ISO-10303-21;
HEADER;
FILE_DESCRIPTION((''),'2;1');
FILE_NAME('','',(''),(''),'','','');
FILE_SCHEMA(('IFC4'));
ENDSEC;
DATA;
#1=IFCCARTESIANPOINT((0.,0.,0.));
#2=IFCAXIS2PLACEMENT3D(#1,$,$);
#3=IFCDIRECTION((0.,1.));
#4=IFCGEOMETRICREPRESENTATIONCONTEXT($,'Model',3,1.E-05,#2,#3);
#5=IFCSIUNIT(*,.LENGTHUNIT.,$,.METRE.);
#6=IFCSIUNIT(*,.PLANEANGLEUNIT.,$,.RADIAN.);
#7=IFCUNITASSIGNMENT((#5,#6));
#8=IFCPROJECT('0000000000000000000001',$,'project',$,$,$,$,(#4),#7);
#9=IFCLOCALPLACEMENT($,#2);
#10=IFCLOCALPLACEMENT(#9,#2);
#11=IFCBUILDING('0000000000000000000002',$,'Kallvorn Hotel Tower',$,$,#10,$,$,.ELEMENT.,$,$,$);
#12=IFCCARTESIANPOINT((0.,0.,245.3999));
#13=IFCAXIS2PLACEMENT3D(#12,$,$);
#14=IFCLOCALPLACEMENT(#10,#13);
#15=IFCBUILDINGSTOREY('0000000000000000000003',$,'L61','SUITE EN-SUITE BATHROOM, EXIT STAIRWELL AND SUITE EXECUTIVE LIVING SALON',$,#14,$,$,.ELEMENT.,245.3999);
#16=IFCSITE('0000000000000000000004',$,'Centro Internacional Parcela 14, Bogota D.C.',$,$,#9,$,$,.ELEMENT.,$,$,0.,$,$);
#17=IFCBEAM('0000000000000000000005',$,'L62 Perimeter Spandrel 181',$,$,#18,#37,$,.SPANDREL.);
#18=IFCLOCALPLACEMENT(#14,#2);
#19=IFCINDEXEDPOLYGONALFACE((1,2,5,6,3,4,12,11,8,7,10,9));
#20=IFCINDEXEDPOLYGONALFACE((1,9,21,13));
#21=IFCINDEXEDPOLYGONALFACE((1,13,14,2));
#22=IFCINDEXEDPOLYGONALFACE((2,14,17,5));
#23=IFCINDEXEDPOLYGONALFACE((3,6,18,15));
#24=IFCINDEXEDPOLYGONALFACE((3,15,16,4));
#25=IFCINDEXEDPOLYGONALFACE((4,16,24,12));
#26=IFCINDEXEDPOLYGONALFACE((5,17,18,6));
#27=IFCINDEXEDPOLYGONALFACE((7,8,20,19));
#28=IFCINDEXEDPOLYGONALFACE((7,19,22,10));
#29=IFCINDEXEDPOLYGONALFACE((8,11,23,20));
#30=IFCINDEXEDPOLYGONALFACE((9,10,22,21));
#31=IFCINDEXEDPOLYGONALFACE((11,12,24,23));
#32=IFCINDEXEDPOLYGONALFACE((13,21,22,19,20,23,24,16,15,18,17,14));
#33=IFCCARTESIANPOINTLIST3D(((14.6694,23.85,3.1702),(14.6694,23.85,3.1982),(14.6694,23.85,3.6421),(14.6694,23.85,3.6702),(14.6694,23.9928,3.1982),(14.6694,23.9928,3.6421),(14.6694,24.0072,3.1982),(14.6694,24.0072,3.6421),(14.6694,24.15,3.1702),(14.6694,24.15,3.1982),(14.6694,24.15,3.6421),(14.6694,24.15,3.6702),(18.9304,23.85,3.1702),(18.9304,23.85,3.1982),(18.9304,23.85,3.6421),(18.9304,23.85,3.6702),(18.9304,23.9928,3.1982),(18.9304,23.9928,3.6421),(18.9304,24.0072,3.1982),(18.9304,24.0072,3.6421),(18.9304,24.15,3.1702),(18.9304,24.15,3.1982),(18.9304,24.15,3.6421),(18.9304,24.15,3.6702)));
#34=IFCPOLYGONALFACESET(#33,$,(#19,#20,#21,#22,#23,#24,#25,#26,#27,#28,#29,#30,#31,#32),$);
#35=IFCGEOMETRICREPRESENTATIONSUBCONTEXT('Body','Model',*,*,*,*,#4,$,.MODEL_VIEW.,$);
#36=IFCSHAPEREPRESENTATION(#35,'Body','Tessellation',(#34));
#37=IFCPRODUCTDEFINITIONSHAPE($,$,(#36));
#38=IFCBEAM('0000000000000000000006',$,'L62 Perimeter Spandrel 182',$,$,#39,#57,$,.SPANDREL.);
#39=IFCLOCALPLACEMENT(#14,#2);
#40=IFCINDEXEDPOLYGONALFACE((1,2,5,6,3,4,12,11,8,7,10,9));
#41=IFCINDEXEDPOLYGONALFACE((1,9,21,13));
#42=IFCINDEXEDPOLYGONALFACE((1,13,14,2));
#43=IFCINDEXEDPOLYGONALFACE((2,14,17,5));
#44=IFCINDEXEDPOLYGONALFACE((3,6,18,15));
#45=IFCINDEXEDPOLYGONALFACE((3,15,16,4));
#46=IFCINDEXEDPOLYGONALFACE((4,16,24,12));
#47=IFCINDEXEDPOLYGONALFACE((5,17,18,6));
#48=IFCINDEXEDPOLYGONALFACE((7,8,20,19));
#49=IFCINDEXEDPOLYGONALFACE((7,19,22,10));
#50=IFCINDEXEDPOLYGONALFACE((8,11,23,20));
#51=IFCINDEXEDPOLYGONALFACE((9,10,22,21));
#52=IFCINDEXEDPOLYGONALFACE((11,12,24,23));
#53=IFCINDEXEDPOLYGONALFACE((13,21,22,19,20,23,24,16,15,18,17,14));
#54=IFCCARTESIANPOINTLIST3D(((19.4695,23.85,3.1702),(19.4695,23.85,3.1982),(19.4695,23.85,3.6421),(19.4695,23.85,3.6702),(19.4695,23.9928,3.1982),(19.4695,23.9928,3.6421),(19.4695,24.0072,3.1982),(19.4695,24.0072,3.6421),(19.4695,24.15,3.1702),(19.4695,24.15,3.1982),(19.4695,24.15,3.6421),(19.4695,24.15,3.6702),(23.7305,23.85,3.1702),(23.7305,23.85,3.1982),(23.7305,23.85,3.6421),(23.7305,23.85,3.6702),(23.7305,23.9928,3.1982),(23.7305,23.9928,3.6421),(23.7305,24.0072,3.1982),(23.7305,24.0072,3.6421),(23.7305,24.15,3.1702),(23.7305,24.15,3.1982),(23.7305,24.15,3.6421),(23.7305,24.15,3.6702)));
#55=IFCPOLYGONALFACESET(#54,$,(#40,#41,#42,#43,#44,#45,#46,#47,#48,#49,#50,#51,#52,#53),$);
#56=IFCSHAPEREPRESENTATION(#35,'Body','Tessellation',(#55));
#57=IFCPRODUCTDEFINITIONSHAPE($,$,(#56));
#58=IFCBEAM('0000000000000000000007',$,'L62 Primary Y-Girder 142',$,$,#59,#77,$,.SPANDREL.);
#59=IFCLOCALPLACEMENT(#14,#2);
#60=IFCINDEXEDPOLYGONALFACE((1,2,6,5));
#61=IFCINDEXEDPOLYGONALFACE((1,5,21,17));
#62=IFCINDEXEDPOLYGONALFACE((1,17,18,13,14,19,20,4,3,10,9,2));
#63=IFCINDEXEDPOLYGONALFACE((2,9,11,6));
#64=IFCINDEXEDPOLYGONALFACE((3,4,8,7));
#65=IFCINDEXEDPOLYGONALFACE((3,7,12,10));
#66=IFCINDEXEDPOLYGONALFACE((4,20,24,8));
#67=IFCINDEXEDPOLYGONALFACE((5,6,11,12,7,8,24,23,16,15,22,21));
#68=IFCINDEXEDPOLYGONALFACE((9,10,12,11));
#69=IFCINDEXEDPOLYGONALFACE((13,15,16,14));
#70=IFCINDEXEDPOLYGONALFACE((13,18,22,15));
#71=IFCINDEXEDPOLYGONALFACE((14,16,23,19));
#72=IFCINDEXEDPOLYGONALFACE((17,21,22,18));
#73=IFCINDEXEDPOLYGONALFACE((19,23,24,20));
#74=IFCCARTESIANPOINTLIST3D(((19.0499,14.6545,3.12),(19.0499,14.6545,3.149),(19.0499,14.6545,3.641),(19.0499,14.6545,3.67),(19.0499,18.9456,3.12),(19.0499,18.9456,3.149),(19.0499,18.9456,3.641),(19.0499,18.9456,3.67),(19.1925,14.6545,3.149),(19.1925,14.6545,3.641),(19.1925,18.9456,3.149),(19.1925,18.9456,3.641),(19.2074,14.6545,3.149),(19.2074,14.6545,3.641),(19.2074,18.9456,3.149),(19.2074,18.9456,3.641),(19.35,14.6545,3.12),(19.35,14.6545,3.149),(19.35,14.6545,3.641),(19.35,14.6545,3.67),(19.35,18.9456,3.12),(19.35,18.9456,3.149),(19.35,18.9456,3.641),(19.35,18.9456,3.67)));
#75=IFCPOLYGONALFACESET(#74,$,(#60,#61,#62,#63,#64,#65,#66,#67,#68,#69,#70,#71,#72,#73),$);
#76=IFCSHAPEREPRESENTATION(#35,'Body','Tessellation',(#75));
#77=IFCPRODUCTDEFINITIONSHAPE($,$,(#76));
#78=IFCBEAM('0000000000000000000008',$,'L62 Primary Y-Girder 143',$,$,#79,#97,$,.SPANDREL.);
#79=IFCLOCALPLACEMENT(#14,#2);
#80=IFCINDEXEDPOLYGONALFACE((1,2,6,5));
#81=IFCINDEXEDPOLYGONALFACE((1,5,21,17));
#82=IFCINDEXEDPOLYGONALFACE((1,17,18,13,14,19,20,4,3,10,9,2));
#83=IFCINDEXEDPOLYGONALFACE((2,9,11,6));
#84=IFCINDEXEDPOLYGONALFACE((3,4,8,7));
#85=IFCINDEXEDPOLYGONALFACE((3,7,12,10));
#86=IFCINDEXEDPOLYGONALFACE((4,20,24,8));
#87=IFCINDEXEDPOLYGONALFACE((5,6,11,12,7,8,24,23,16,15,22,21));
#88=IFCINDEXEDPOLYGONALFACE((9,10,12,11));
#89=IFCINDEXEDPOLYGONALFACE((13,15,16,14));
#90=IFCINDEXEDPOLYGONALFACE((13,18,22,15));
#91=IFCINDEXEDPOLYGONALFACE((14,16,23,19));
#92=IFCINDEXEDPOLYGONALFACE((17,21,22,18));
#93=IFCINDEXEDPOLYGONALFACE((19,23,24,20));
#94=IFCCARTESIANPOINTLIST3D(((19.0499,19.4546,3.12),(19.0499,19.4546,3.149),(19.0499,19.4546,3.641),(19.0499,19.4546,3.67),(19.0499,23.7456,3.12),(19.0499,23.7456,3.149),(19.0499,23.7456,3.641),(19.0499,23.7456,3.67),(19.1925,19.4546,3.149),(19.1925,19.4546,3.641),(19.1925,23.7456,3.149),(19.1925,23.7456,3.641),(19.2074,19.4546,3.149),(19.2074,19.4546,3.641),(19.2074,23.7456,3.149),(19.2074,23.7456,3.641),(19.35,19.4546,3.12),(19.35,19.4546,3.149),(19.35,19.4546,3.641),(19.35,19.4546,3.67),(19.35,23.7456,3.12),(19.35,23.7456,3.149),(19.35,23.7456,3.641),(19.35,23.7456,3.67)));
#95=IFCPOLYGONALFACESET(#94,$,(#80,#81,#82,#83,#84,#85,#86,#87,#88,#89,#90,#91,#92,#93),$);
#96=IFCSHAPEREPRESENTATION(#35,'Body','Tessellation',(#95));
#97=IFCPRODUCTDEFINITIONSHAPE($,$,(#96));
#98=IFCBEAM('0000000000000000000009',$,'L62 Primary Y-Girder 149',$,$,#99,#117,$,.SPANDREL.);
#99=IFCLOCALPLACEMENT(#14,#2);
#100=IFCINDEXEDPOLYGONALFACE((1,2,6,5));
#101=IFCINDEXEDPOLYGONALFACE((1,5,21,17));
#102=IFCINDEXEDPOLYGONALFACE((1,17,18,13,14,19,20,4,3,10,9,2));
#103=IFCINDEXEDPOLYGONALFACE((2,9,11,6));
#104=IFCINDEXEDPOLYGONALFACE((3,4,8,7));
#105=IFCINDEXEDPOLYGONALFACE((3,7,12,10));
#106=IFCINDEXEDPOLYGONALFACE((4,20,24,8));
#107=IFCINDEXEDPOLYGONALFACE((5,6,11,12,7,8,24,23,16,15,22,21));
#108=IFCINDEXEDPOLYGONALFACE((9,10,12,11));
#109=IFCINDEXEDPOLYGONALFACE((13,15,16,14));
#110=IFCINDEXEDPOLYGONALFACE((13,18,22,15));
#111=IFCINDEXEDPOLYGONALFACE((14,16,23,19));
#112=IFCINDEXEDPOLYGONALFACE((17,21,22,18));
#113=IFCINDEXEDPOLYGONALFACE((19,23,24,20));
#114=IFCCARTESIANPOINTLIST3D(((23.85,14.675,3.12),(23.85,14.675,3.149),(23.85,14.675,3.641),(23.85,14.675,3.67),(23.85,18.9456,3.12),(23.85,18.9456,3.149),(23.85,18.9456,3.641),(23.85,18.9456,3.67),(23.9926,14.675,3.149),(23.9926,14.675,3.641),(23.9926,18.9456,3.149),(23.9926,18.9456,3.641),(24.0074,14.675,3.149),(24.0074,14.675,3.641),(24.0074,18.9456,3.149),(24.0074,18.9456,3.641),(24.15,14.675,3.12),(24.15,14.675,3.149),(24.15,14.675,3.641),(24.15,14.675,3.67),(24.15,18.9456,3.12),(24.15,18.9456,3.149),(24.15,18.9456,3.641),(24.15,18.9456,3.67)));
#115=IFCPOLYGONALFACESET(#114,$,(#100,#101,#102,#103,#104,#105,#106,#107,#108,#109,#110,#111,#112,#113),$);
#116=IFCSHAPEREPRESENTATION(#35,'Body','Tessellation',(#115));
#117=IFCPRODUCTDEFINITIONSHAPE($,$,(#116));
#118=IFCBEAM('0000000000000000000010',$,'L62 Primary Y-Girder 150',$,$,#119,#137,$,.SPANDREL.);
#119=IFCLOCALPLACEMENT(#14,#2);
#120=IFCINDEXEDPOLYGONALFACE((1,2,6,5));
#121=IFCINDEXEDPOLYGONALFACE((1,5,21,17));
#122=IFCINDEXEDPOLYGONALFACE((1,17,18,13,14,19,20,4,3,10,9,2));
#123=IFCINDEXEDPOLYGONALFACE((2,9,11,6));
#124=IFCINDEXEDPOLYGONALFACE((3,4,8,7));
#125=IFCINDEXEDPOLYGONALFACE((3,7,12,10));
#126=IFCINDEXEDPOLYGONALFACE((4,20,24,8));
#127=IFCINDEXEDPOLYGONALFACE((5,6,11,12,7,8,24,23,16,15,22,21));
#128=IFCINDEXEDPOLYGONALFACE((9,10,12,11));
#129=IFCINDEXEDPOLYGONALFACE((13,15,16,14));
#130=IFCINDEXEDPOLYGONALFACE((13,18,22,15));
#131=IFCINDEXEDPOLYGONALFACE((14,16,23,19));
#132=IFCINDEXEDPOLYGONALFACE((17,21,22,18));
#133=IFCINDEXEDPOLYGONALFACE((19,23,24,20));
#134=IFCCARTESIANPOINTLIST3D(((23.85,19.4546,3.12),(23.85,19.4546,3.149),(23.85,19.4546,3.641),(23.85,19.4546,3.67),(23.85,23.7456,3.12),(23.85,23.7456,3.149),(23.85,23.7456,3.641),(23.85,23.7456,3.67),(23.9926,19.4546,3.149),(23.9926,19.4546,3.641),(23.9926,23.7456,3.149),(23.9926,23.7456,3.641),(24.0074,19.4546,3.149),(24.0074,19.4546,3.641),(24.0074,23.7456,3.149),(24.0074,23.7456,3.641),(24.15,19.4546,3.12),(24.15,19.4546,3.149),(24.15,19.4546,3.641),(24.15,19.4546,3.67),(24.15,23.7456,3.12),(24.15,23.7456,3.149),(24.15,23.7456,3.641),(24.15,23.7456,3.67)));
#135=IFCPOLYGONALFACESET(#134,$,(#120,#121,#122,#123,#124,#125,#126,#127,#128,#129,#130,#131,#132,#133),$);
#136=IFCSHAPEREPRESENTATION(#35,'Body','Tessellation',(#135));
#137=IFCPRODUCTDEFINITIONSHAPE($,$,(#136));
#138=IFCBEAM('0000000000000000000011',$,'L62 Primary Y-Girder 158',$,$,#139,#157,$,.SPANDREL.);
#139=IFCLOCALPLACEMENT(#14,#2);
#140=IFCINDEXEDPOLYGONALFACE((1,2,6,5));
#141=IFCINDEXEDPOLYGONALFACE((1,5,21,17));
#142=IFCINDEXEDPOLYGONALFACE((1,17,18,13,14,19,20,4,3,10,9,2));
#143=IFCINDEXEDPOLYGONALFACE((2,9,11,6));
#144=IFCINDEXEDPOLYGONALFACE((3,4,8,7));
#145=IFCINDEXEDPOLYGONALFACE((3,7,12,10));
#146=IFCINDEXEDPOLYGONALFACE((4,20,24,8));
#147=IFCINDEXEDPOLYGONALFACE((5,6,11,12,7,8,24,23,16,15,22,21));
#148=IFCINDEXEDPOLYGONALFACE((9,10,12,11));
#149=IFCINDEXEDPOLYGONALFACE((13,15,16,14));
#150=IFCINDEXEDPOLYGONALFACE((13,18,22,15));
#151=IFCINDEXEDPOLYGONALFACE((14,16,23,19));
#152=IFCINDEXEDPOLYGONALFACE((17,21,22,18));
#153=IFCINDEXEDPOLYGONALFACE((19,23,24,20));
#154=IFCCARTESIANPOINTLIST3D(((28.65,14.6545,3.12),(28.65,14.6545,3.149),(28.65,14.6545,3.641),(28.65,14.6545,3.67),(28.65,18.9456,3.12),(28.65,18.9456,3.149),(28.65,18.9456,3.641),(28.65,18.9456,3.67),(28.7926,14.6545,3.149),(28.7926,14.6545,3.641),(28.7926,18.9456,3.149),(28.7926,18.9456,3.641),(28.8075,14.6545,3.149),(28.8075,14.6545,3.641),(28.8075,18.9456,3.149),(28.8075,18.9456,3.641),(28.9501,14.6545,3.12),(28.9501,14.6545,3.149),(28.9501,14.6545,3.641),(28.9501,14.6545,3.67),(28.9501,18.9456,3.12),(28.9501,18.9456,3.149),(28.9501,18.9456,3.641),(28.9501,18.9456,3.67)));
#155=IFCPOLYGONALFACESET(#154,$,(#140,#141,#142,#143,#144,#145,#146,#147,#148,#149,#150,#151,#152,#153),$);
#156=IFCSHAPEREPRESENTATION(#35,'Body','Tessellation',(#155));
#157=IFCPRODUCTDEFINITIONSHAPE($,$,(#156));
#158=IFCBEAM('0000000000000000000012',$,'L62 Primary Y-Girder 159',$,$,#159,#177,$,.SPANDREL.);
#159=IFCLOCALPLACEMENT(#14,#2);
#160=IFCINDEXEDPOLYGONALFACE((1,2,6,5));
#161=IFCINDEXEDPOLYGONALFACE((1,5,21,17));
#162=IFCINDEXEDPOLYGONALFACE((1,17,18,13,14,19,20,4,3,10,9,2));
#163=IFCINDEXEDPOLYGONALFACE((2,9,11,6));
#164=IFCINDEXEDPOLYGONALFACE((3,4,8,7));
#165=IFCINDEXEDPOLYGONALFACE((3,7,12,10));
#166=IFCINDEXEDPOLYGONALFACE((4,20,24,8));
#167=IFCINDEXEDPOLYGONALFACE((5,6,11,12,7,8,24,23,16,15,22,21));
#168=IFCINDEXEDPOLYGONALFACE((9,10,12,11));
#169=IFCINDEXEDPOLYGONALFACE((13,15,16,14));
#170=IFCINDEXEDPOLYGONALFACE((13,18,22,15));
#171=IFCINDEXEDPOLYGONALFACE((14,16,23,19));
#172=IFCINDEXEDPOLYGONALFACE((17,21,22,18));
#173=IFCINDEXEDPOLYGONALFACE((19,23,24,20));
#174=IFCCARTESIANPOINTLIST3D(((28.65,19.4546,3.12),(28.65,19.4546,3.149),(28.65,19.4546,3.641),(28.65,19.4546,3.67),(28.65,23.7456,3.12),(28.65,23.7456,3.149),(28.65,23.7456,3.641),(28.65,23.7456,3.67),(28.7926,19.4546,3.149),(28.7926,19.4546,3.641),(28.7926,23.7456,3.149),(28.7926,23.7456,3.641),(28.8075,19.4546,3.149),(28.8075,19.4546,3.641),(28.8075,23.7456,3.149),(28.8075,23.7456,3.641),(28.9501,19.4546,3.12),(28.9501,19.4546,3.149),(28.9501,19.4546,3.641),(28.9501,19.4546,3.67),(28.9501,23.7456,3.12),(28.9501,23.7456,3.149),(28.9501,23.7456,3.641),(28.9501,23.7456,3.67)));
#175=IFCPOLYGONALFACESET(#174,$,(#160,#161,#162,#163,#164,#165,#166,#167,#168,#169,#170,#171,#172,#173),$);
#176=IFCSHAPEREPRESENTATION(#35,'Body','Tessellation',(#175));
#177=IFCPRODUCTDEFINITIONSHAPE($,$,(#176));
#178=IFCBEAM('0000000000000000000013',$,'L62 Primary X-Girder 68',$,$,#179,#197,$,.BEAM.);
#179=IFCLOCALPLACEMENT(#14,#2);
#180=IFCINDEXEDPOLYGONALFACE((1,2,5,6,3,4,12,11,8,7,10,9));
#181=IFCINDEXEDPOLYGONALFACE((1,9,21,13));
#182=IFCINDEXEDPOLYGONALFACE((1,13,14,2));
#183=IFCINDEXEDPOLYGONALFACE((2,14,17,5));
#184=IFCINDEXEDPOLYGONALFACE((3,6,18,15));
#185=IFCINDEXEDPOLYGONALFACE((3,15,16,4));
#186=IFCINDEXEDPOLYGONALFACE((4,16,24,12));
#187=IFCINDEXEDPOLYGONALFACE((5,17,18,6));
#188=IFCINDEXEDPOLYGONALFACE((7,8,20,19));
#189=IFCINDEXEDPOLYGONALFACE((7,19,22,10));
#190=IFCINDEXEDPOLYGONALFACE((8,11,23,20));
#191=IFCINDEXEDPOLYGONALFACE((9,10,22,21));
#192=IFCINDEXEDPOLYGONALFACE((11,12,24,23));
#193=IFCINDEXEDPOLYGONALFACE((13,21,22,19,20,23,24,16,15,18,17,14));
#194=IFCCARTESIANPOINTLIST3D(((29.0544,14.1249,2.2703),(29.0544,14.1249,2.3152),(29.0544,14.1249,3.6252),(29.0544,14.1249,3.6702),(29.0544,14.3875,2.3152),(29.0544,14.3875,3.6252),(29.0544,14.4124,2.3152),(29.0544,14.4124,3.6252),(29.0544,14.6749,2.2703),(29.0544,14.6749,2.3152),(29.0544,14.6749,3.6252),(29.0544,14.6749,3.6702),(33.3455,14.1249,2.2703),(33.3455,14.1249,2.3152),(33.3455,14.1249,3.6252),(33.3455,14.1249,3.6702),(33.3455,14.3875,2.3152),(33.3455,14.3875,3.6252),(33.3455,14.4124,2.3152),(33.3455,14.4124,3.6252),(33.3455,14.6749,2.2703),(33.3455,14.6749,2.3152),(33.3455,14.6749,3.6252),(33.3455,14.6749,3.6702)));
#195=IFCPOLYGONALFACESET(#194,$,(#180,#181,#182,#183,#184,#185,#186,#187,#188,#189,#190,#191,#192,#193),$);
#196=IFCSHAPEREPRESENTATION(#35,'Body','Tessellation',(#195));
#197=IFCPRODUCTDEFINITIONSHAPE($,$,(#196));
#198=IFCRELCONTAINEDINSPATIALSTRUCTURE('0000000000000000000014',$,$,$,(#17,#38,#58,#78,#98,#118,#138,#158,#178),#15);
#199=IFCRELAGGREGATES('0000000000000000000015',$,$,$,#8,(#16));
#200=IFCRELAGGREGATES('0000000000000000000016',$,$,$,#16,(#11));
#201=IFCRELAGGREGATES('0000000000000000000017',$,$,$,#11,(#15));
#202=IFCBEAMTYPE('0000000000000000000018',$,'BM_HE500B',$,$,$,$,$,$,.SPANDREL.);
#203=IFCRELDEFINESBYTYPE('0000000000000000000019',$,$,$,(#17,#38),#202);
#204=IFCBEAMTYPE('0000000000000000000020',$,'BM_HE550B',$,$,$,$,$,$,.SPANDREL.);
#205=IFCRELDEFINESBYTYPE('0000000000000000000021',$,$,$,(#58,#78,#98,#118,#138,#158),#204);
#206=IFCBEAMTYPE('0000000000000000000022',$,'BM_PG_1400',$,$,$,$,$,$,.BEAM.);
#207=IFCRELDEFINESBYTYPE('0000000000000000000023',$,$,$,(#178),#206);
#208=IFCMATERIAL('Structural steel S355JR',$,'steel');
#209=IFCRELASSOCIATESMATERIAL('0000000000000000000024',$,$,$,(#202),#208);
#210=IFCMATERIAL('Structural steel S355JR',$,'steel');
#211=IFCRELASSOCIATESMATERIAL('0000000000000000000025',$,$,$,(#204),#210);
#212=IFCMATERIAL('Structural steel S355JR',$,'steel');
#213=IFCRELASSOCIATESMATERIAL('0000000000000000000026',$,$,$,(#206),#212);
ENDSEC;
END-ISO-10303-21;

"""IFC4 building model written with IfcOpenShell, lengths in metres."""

from ifc_helpers import new_model, si_unit, direction, frame, origin, origin_2d, place, context, subcontext, project, spatial, i_section, extrude, material, material_profile, profile_set, type_object, element, save


model = new_model("IFC4")

# Units and contexts
model_context = context("Model", 3, precision=1e-05, world=origin(), true_north=direction((0.0, 1.0)))
body_context = subcontext(model_context, "Body", "Model", "MODEL_VIEW")
ifc_project = project(units=[si_unit("LENGTHUNIT", "METRE"), si_unit("PLANEANGLEUNIT", "RADIAN")], contexts=[model_context])

# Site, building, storey
site_placement = place(None, origin())
site = spatial("IfcSite", under=ifc_project, at=site_placement, Name="Centro Internacional Parcela 14, Bogota D.C.", CompositionType="ELEMENT", RefElevation=0.0)
building_placement = place(site_placement, origin())
building = spatial("IfcBuilding", under=site, at=building_placement, Name="Kallvorn Hotel Tower", CompositionType="ELEMENT")
storey_placement = place(building_placement, frame((0.0, 0.0, 245.3999)))
storey = spatial("IfcBuildingStorey", under=building, at=storey_placement, Name="L61", Description="SUITE EN-SUITE BATHROOM, EXIT STAIRWELL AND SUITE EXECUTIVE LIVING SALON", CompositionType="ELEMENT", Elevation=245.3999)

# Beams
ifc_material_1 = material(Name="Structural steel S355JR", Category="steel")
ifc_material_profile_1 = material_profile(ifc_material_1, i_section(OverallWidth=0.3, OverallDepth=0.5, WebThickness=0.0144, FlangeThickness=0.0281, at=origin_2d()), Name="HE 500 B")
ifc_profile_set_1 = profile_set([ifc_material_profile_1], Name="Structural steel S355JR")
beam_type_1 = type_object("IfcBeamType", Name="BM_HE500B", PredefinedType="SPANDREL", material=ifc_profile_set_1)
for number, where, z_axis, x_axis, name in (
    (1, (14.6694, 24.0, 3.4202), (1.0, 0.0, 0.0), (0.0, 1.0, 0.0), "L62 Perimeter Spandrel 181"),
    (2, (19.4695, 24.0, 3.4202), (1.0, 0.0, 0.0), (0.0, 1.0, 0.0), "L62 Perimeter Spandrel 182"),
):
    element("IfcBeam", number, at=place(storey_placement, frame(where, z_axis=z_axis, x_axis=x_axis)), inside=storey, type_object=beam_type_1, Name=name, PredefinedType="SPANDREL", context=body_context, shape_type="SweptSolid", body=[
        extrude(i_section(OverallWidth=0.3, OverallDepth=0.5, WebThickness=0.0144, FlangeThickness=0.0281, at=origin_2d()), origin(), (0.0, 0.0, 1.0), 4.261),
    ])
ifc_material_2 = material(Name="Structural steel S355JR", Category="steel")
ifc_material_profile_2 = material_profile(ifc_material_2, i_section(OverallWidth=0.3, OverallDepth=0.55, WebThickness=0.0149, FlangeThickness=0.0291, at=origin_2d()), Name="HE 550 B")
ifc_profile_set_2 = profile_set([ifc_material_profile_2], Name="Structural steel S355JR")
beam_type_2 = type_object("IfcBeamType", Name="BM_HE550B", PredefinedType="SPANDREL", material=ifc_profile_set_2)
for number, where, z_axis, x_axis, name in (
    (3, (19.2, 14.6545, 3.395), (0.0, 1.0, 0.0), (-1.0, 0.0, 0.0), "L62 Primary Y-Girder 142"),
    (4, (19.2, 19.4546, 3.395), (0.0, 1.0, 0.0), (-1.0, 0.0, 0.0), "L62 Primary Y-Girder 143"),
):
    element("IfcBeam", number, at=place(storey_placement, frame(where, z_axis=z_axis, x_axis=x_axis)), inside=storey, type_object=beam_type_2, Name=name, PredefinedType="SPANDREL", context=body_context, shape_type="SweptSolid", body=[
        extrude(i_section(OverallWidth=0.3, OverallDepth=0.55, WebThickness=0.0149, FlangeThickness=0.0291, at=origin_2d()), origin(), (0.0, 0.0, 1.0), 4.291),
    ])
beam_1_placement = place(storey_placement, frame((24.0, 14.675, 3.395), z_axis=(0.0, 1.0, 0.0), x_axis=(-1.0, 0.0, 0.0)))
element("IfcBeam", 5, at=beam_1_placement, inside=storey, type_object=beam_type_2, Name="L62 Primary Y-Girder 149", PredefinedType="SPANDREL", context=body_context, shape_type="SweptSolid", body=[
    extrude(i_section(OverallWidth=0.3, OverallDepth=0.55, WebThickness=0.0149, FlangeThickness=0.0291, at=origin_2d()), origin(), (0.0, 0.0, 1.0), 4.2705),
])
for number, where, z_axis, x_axis, name in (
    (6, (24.0, 19.4546, 3.395), (0.0, 1.0, 0.0), (-1.0, 0.0, 0.0), "L62 Primary Y-Girder 150"),
    (7, (28.8, 14.6545, 3.395), (0.0, 1.0, 0.0), (-1.0, 0.0, 0.0), "L62 Primary Y-Girder 158"),
    (8, (28.8, 19.4546, 3.395), (0.0, 1.0, 0.0), (-1.0, 0.0, 0.0), "L62 Primary Y-Girder 159"),
):
    element("IfcBeam", number, at=place(storey_placement, frame(where, z_axis=z_axis, x_axis=x_axis)), inside=storey, type_object=beam_type_2, Name=name, PredefinedType="SPANDREL", context=body_context, shape_type="SweptSolid", body=[
        extrude(i_section(OverallWidth=0.3, OverallDepth=0.55, WebThickness=0.0149, FlangeThickness=0.0291, at=origin_2d()), origin(), (0.0, 0.0, 1.0), 4.291),
    ])
ifc_material_3 = material(Name="Structural steel S355JR", Category="steel")
ifc_material_profile_3 = material_profile(ifc_material_3, i_section(OverallWidth=0.55, OverallDepth=1.3999, WebThickness=0.0249, FlangeThickness=0.0449, at=origin_2d()), Name="PG 1400x550x25x45")
ifc_profile_set_3 = profile_set([ifc_material_profile_3], Name="Structural steel S355JR")
beam_type_3 = type_object("IfcBeamType", Name="BM_PG_1400", PredefinedType="BEAM", material=ifc_profile_set_3)
for number, where, z_axis, x_axis, name in (
    (9, (29.0544, 14.3999, 2.9702), (1.0, 0.0, 0.0), (0.0, 1.0, 0.0), "L62 Primary X-Girder 68"),
):
    element("IfcBeam", number, at=place(storey_placement, frame(where, z_axis=z_axis, x_axis=x_axis)), inside=storey, type_object=beam_type_3, Name=name, PredefinedType="BEAM", context=body_context, shape_type="SweptSolid", body=[
        extrude(i_section(OverallWidth=0.55, OverallDepth=1.3999, WebThickness=0.0249, FlangeThickness=0.0449, at=origin_2d()), origin(), (0.0, 0.0, 1.0), 4.291),
    ])

save(model, "model.ifc")
